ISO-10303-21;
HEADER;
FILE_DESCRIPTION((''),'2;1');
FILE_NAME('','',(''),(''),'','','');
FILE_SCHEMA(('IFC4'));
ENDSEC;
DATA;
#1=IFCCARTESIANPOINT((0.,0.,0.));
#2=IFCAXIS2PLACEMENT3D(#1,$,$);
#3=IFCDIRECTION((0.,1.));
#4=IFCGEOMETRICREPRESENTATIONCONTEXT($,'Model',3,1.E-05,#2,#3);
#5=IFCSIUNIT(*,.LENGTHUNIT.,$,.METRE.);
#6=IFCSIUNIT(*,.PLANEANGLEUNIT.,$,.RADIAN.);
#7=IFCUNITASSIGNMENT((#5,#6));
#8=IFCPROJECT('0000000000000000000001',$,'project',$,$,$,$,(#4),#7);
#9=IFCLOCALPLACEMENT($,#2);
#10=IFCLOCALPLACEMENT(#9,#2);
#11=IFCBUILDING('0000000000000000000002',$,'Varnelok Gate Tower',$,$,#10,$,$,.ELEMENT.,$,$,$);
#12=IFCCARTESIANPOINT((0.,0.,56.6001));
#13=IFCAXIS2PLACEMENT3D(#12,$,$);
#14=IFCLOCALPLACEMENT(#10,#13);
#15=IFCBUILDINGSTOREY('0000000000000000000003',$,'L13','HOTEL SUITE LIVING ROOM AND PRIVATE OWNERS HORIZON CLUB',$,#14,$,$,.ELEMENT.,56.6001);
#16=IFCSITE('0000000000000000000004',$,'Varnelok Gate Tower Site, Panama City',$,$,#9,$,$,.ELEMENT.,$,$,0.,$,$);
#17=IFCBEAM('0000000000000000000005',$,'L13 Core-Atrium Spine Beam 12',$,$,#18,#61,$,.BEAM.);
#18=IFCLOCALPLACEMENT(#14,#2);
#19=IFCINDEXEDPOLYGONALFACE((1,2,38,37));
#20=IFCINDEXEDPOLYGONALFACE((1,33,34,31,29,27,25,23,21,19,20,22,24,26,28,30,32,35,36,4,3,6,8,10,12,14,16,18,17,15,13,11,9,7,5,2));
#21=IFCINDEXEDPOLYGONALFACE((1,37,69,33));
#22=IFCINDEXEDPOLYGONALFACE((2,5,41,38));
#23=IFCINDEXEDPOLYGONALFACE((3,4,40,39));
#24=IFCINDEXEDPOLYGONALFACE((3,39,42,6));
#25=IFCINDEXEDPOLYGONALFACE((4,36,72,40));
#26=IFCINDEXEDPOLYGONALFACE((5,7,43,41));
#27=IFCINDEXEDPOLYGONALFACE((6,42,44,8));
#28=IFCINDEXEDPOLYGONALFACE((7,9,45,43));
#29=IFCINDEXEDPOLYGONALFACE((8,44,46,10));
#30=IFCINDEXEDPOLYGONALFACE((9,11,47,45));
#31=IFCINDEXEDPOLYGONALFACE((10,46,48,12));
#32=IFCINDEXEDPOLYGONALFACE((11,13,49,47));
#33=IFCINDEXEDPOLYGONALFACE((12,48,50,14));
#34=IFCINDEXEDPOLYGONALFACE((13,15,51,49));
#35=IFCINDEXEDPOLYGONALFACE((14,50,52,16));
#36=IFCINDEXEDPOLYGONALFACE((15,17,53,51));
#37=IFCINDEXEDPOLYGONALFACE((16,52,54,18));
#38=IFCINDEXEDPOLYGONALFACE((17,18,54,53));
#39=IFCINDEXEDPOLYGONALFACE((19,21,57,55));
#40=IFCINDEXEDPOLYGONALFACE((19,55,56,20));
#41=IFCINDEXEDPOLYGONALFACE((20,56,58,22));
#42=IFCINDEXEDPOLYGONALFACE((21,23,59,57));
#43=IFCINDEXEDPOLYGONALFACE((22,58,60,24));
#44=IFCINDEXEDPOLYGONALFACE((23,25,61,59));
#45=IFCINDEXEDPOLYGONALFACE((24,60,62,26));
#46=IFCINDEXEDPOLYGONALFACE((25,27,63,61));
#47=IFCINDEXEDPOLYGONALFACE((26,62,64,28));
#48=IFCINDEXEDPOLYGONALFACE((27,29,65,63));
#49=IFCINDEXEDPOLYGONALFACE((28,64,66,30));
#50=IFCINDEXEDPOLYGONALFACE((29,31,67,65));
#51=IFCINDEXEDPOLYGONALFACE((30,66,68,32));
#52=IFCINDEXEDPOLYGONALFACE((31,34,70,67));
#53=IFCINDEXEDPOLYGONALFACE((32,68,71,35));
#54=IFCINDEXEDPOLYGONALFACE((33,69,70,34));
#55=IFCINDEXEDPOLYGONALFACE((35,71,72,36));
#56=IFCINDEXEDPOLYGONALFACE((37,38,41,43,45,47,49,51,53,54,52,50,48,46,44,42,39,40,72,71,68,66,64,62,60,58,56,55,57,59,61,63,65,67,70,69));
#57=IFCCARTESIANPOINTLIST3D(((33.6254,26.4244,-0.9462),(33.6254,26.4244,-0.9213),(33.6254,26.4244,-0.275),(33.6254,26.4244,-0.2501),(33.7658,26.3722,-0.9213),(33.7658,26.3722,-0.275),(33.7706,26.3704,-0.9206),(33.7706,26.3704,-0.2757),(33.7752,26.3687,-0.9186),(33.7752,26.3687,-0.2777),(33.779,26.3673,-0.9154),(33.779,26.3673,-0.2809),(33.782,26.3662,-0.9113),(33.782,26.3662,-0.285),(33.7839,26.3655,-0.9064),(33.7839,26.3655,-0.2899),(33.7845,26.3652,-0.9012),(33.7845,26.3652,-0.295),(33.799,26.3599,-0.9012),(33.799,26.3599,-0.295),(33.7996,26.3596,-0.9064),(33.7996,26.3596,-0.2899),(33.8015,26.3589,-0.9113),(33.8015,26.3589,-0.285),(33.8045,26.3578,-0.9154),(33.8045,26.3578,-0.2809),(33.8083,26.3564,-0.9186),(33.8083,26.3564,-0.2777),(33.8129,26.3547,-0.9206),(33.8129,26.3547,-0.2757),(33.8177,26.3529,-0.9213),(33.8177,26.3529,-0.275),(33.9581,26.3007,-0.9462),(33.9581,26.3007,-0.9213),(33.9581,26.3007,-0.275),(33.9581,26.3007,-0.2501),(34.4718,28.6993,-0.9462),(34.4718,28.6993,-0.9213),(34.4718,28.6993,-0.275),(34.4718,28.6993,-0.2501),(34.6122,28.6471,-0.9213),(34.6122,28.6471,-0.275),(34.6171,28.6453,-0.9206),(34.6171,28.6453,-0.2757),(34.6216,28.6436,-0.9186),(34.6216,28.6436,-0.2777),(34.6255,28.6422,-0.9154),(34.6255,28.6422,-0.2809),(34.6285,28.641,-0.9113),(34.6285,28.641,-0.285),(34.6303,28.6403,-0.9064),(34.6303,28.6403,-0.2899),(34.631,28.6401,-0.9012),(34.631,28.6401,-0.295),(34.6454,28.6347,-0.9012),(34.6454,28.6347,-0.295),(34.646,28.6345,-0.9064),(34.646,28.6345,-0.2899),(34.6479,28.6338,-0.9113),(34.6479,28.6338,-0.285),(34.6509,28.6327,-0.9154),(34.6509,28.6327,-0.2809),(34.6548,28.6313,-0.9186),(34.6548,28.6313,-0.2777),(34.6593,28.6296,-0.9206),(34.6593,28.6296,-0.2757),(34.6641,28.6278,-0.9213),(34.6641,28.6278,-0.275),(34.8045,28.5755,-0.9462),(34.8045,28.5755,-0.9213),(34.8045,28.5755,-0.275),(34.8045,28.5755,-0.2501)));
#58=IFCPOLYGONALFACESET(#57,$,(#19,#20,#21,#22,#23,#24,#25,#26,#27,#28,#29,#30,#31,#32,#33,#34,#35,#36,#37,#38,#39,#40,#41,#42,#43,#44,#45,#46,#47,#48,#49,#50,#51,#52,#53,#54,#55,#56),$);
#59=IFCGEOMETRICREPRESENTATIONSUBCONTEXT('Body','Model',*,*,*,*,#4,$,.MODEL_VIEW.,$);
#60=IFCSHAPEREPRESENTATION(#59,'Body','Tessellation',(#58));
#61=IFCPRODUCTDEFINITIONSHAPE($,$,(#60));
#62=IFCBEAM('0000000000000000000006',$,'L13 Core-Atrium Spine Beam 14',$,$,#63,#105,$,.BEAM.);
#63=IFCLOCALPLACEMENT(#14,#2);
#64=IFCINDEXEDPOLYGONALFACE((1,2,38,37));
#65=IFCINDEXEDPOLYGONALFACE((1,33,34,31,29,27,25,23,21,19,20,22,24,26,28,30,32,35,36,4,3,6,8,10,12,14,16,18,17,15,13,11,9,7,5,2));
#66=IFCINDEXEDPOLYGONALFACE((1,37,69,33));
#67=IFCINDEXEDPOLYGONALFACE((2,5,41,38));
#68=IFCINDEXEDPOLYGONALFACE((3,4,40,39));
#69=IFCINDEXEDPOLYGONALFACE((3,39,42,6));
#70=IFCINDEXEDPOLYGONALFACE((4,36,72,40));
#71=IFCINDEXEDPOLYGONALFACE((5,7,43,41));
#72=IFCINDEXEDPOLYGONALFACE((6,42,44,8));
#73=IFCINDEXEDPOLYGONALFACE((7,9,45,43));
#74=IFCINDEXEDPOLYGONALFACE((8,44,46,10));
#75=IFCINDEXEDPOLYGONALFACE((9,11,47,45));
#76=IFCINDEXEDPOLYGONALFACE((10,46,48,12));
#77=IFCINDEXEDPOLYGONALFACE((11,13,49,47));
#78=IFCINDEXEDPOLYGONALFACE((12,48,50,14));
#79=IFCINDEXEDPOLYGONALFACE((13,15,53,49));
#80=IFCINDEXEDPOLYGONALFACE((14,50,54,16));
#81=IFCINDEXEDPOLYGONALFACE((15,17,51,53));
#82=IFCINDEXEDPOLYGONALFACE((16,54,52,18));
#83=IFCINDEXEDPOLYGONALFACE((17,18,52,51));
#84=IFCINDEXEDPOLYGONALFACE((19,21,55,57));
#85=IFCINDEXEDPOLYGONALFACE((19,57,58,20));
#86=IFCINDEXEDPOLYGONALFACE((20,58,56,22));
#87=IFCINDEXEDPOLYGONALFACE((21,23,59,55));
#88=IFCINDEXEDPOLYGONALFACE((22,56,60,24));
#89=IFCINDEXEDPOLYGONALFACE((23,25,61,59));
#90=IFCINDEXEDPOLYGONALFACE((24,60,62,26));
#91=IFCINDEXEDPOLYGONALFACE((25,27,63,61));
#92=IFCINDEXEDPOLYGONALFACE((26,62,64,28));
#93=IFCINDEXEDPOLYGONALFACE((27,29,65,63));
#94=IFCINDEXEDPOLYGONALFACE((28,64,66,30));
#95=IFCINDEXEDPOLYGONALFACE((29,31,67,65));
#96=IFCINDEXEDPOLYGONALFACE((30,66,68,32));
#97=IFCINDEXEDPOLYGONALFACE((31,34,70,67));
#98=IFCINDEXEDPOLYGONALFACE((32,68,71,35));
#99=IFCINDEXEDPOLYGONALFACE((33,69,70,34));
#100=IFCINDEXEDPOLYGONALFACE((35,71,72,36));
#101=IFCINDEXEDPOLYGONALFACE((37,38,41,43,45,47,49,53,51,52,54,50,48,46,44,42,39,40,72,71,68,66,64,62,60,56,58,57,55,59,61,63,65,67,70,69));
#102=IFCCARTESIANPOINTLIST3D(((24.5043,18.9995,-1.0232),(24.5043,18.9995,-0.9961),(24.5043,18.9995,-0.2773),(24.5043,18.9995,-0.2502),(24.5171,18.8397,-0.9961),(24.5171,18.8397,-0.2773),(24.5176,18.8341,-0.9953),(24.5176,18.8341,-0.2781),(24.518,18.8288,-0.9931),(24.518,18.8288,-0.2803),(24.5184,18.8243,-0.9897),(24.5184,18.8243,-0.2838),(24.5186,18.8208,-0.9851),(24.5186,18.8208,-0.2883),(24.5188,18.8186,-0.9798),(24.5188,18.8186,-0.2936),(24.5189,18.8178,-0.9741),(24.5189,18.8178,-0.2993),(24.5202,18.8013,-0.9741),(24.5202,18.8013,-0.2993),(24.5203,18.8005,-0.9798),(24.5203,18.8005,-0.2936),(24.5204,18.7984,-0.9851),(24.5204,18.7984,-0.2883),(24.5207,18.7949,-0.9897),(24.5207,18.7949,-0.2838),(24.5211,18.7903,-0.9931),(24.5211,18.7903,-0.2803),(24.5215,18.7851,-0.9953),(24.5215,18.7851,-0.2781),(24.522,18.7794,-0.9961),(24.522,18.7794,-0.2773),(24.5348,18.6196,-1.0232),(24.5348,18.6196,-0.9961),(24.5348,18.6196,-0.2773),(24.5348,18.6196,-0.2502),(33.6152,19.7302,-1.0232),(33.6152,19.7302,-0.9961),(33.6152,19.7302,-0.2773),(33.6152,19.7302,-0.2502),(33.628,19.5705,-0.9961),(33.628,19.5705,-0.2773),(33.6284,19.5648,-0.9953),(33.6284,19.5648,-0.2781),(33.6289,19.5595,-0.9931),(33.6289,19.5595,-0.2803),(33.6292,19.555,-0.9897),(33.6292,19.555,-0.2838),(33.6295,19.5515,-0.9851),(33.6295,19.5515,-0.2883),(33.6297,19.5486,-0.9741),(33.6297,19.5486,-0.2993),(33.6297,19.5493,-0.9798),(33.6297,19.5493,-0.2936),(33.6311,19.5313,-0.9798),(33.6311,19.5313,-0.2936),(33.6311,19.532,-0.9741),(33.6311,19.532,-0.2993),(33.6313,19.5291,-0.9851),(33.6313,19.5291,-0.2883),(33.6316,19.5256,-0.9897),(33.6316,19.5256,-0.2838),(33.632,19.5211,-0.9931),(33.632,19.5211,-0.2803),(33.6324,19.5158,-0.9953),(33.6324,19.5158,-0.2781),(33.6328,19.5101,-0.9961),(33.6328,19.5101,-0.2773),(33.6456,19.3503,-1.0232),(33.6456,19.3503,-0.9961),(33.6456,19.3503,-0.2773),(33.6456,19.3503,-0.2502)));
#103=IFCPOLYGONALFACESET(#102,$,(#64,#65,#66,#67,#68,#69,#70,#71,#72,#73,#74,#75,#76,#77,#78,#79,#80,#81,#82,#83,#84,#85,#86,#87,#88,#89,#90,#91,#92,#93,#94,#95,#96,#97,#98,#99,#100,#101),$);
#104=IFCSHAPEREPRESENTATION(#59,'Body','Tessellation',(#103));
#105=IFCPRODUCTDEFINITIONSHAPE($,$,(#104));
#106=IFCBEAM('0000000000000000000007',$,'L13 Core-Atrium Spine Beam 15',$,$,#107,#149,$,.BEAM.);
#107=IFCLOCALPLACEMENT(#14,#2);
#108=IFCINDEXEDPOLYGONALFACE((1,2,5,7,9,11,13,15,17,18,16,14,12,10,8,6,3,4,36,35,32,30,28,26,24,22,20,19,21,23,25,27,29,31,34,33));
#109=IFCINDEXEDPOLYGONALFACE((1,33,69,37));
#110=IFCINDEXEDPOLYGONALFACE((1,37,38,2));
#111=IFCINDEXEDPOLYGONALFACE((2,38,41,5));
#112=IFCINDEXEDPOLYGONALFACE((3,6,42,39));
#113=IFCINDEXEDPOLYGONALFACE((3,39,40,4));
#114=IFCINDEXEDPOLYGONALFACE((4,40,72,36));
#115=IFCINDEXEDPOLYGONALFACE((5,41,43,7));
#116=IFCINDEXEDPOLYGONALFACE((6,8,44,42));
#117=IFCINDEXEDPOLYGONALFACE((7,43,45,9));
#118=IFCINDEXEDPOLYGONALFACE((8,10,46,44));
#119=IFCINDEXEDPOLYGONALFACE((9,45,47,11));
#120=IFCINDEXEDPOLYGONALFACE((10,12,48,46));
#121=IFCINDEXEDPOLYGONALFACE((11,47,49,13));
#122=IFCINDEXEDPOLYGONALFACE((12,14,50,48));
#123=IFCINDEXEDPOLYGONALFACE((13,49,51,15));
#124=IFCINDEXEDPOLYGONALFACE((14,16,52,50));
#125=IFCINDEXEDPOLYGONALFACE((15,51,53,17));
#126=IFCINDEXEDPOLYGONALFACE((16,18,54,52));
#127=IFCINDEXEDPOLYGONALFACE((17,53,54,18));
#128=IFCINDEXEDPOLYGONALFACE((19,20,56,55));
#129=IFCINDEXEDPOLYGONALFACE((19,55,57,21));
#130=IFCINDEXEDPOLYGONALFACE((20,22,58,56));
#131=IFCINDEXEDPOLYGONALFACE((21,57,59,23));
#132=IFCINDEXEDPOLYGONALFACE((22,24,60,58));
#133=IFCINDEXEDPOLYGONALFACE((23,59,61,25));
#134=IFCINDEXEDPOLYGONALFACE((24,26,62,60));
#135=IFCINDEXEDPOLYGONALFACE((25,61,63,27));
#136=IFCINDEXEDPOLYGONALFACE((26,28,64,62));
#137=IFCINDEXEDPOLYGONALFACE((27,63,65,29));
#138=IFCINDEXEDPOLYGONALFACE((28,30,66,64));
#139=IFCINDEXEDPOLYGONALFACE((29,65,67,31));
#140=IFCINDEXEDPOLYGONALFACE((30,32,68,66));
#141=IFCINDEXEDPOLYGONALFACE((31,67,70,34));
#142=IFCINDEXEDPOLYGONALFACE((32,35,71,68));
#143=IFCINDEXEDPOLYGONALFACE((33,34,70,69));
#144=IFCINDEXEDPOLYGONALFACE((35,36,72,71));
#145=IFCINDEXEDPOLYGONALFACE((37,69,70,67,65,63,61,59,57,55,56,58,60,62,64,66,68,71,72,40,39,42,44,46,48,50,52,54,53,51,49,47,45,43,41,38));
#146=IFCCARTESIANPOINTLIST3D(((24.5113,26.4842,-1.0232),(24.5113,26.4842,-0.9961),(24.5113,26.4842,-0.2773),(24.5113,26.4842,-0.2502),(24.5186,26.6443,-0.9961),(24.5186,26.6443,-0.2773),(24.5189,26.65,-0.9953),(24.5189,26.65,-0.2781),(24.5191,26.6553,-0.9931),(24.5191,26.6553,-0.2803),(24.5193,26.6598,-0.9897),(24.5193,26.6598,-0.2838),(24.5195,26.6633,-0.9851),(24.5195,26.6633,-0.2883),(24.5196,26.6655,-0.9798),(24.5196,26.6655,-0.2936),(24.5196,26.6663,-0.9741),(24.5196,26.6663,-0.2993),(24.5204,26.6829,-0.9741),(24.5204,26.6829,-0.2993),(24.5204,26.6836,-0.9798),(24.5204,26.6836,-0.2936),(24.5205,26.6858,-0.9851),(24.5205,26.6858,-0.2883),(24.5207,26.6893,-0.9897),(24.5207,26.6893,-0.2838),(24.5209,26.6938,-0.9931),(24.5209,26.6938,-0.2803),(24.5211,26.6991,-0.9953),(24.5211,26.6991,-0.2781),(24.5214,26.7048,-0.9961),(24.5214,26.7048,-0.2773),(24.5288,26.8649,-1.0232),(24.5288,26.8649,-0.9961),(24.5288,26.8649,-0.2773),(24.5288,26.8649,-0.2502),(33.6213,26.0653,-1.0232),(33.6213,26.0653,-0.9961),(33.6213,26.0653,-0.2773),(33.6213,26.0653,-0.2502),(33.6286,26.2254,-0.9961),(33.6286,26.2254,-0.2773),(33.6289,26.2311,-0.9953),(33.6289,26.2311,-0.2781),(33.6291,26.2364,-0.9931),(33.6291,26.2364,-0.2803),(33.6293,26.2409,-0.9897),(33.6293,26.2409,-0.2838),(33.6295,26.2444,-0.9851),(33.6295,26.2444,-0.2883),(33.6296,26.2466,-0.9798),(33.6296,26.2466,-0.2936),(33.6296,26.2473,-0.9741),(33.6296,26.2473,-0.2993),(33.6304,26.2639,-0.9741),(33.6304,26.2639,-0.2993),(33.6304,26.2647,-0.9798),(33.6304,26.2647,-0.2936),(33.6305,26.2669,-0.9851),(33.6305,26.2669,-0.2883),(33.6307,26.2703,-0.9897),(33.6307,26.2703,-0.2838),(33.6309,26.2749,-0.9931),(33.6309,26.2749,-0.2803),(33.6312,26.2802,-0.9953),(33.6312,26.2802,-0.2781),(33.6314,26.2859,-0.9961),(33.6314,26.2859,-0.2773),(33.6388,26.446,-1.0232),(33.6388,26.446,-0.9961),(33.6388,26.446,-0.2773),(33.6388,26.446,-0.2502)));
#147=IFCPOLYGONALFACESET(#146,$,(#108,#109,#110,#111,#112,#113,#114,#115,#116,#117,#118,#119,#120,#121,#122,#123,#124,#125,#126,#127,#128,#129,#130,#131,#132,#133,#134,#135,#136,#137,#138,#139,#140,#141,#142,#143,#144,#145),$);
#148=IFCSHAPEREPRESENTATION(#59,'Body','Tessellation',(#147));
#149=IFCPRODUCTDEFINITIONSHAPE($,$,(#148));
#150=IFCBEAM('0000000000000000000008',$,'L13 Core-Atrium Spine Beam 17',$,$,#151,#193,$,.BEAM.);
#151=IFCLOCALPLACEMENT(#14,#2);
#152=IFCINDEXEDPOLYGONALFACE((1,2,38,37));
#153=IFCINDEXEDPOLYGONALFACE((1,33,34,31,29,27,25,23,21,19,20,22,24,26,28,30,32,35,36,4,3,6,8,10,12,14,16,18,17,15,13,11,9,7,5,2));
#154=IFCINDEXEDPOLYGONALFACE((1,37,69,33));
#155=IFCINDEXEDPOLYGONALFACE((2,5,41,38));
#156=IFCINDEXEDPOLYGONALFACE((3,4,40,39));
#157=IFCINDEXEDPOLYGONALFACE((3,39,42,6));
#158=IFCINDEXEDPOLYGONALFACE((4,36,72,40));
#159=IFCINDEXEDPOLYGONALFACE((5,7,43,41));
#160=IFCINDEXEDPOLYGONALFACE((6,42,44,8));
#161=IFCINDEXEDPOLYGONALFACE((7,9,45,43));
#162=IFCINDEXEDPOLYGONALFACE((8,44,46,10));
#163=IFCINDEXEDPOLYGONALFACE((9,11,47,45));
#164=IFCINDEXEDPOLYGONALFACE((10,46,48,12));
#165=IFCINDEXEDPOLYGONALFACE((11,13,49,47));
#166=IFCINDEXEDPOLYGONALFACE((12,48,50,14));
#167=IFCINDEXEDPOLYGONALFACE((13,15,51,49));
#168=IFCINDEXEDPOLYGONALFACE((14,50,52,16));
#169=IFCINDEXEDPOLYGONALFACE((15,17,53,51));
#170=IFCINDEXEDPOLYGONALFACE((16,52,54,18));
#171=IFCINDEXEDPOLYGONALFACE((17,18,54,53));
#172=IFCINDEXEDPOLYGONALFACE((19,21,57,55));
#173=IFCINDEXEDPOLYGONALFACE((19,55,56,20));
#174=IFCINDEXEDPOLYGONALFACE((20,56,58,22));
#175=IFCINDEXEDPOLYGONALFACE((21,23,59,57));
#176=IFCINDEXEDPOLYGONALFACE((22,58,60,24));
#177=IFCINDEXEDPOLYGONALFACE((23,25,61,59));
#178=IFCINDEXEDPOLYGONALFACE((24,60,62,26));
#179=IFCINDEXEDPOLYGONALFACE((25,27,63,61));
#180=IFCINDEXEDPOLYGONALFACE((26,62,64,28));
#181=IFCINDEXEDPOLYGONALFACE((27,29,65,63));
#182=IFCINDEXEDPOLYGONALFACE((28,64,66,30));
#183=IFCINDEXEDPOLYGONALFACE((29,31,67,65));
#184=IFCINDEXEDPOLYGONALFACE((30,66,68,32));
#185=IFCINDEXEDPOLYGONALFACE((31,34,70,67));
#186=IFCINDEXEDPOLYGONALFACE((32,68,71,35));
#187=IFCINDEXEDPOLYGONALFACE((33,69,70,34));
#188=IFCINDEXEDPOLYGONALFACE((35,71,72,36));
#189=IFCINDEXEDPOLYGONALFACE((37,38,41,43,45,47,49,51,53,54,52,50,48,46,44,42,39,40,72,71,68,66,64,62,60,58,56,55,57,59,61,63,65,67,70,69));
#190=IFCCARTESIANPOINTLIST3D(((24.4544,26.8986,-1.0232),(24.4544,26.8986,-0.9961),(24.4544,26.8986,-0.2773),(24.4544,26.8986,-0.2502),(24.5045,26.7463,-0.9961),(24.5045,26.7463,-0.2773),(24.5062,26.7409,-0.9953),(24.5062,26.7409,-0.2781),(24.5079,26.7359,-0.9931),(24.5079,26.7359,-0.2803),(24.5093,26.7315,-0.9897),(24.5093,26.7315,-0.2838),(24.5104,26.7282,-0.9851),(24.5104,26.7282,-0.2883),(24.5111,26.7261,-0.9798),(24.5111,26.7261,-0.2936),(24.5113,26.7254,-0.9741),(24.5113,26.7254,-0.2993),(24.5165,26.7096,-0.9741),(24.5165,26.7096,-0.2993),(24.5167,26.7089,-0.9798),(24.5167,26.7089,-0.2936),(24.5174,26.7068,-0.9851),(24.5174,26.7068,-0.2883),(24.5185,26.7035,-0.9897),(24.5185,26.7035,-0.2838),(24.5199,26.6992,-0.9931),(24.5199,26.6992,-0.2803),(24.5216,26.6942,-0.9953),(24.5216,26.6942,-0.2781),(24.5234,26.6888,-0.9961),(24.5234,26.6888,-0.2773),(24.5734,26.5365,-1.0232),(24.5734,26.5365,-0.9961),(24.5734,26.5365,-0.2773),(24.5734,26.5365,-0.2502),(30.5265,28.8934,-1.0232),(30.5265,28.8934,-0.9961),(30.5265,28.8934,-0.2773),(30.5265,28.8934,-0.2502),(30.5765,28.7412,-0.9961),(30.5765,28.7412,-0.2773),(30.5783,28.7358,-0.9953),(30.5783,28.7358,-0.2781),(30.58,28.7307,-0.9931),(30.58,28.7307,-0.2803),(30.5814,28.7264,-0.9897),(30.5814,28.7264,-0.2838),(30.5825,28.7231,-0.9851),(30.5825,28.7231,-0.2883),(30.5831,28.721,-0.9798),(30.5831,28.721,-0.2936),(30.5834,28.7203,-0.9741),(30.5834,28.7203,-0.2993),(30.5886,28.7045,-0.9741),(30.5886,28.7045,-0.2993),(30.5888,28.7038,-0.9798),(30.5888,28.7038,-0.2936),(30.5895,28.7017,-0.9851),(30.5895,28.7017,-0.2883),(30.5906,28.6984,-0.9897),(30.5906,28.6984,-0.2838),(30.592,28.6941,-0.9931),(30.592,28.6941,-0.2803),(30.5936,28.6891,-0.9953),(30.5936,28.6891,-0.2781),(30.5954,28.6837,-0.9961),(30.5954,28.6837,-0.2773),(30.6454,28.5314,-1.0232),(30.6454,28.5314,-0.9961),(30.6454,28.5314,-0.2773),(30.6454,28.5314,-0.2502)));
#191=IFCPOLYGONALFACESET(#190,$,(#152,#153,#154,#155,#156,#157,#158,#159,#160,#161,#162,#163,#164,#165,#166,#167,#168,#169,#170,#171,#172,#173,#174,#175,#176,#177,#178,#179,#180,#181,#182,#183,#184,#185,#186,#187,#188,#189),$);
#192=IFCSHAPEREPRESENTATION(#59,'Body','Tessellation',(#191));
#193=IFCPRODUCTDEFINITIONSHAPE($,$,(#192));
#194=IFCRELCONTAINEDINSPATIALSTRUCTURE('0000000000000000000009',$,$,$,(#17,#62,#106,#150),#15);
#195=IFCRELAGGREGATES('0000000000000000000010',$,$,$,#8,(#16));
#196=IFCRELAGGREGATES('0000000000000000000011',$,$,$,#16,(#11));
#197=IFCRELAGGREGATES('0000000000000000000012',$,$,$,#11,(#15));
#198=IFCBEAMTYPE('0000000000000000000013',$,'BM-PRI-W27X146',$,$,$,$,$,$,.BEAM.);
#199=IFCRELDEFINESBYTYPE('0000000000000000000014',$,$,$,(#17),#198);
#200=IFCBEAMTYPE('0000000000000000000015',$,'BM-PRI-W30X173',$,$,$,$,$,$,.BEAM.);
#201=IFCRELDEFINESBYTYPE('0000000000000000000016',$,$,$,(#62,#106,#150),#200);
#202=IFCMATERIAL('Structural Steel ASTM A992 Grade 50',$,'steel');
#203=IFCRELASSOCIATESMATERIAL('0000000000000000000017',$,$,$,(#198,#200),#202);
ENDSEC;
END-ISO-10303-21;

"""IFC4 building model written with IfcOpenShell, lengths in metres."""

from ifc_helpers import new_model, si_unit, direction, frame, origin, origin_2d, place, context, subcontext, project, spatial, i_section, extrude, material, material_profile, profile_set, type_object, element, save


model = new_model("IFC4")

# Units and contexts
model_context = context("Model", 3, precision=1e-05, world=origin(), true_north=direction((0.0, 1.0)))
body_context = subcontext(model_context, "Body", "Model", "MODEL_VIEW")
ifc_project = project(units=[si_unit("LENGTHUNIT", "METRE"), si_unit("PLANEANGLEUNIT", "RADIAN")], contexts=[model_context])

# Site, building, storey
site_placement = place(None, origin())
site = spatial("IfcSite", under=ifc_project, at=site_placement, Name="Varnelok Gate Tower Site, Panama City", CompositionType="ELEMENT", RefElevation=0.0)
building_placement = place(site_placement, origin())
building = spatial("IfcBuilding", under=site, at=building_placement, Name="Varnelok Gate Tower", CompositionType="ELEMENT")
storey_placement = place(building_placement, frame((0.0, 0.0, 56.6001)))
storey = spatial("IfcBuildingStorey", under=building, at=storey_placement, Name="L13", Description="HOTEL SUITE LIVING ROOM AND PRIVATE OWNERS HORIZON CLUB", CompositionType="ELEMENT", Elevation=56.6001)

# Shared definitions
ifc_material_1 = material(Name="Structural Steel ASTM A992 Grade 50", Category="steel")

# Beams
ifc_material_profile_1 = material_profile(ifc_material_1, i_section(OverallWidth=0.355, OverallDepth=0.696, WebThickness=0.0154, FlangeThickness=0.0249, FilletRadius=0.02, at=origin_2d()), Name="W27X146")
ifc_profile_set_1 = profile_set([ifc_material_profile_1], Name="Structural Steel ASTM A992 Grade 50")
beam_type_1 = type_object("IfcBeamType", Name="BM-PRI-W27X146", PredefinedType="BEAM", material=ifc_profile_set_1)
beam_1_placement = place(storey_placement, frame((33.7917, 26.3625, -0.5981), z_axis=(0.348719, 0.937227, 0.0), x_axis=(-0.937227, 0.348719, 0.0)))
element("IfcBeam", 1, at=beam_1_placement, inside=storey, type_object=beam_type_1, Name="L13 Core-Atrium Spine Beam 12", PredefinedType="BEAM", context=body_context, shape_type="SweptSolid", body=[
    extrude(i_section(OverallWidth=0.355, OverallDepth=0.696, WebThickness=0.0154, FlangeThickness=0.0249, FilletRadius=0.02, at=origin_2d()), origin(), (0.0, 0.0, 1.0), 2.4272),
])
ifc_material_profile_2 = material_profile(ifc_material_1, i_section(OverallWidth=0.3811, OverallDepth=0.7729, WebThickness=0.0166, FlangeThickness=0.0271, FilletRadius=0.022, at=origin_2d()), Name="W30X173")
ifc_profile_set_2 = profile_set([ifc_material_profile_2], Name="Structural Steel ASTM A992 Grade 50")
beam_type_2 = type_object("IfcBeamType", Name="BM-PRI-W30X173", PredefinedType="BEAM", material=ifc_profile_set_2)
beam_2_placement = place(storey_placement, frame((24.5195, 18.8096, -0.6367), z_axis=(0.996799, 0.079946, 0.0), x_axis=(-0.079946, 0.996799, 0.0)))
element("IfcBeam", 2, at=beam_2_placement, inside=storey, type_object=beam_type_2, Name="L13 Core-Atrium Spine Beam 14", PredefinedType="BEAM", context=body_context, shape_type="SweptSolid", body=[
    extrude(i_section(OverallWidth=0.3811, OverallDepth=0.7729, WebThickness=0.0166, FlangeThickness=0.0271, FilletRadius=0.022, at=origin_2d()), origin(), (0.0, 0.0, 1.0), 9.1401),
])
beam_3_placement = place(storey_placement, frame((24.52, 26.6746, -0.6367), z_axis=(0.998944, -0.045938, 0.0), x_axis=(0.045938, 0.998944, 0.0)))
element("IfcBeam", 3, at=beam_3_placement, inside=storey, type_object=beam_type_2, Name="L13 Core-Atrium Spine Beam 15", PredefinedType="BEAM", context=body_context, shape_type="SweptSolid", body=[
    extrude(i_section(OverallWidth=0.3811, OverallDepth=0.7729, WebThickness=0.0166, FlangeThickness=0.0271, FilletRadius=0.022, at=origin_2d()), origin(), (0.0, 0.0, 1.0), 9.1196),
])
beam_4_placement = place(storey_placement, frame((24.5139, 26.7175, -0.6367), z_axis=(0.950042, 0.312122, 0.0), x_axis=(-0.312122, 0.950042, 0.0)))
element("IfcBeam", 4, at=beam_4_placement, inside=storey, type_object=beam_type_2, Name="L13 Core-Atrium Spine Beam 17", PredefinedType="BEAM", context=body_context, shape_type="SweptSolid", body=[
    extrude(i_section(OverallWidth=0.3811, OverallDepth=0.7729, WebThickness=0.0166, FlangeThickness=0.0271, FilletRadius=0.022, at=origin_2d()), origin(), (0.0, 0.0, 1.0), 6.3914),
])

save(model, "model.ifc")
